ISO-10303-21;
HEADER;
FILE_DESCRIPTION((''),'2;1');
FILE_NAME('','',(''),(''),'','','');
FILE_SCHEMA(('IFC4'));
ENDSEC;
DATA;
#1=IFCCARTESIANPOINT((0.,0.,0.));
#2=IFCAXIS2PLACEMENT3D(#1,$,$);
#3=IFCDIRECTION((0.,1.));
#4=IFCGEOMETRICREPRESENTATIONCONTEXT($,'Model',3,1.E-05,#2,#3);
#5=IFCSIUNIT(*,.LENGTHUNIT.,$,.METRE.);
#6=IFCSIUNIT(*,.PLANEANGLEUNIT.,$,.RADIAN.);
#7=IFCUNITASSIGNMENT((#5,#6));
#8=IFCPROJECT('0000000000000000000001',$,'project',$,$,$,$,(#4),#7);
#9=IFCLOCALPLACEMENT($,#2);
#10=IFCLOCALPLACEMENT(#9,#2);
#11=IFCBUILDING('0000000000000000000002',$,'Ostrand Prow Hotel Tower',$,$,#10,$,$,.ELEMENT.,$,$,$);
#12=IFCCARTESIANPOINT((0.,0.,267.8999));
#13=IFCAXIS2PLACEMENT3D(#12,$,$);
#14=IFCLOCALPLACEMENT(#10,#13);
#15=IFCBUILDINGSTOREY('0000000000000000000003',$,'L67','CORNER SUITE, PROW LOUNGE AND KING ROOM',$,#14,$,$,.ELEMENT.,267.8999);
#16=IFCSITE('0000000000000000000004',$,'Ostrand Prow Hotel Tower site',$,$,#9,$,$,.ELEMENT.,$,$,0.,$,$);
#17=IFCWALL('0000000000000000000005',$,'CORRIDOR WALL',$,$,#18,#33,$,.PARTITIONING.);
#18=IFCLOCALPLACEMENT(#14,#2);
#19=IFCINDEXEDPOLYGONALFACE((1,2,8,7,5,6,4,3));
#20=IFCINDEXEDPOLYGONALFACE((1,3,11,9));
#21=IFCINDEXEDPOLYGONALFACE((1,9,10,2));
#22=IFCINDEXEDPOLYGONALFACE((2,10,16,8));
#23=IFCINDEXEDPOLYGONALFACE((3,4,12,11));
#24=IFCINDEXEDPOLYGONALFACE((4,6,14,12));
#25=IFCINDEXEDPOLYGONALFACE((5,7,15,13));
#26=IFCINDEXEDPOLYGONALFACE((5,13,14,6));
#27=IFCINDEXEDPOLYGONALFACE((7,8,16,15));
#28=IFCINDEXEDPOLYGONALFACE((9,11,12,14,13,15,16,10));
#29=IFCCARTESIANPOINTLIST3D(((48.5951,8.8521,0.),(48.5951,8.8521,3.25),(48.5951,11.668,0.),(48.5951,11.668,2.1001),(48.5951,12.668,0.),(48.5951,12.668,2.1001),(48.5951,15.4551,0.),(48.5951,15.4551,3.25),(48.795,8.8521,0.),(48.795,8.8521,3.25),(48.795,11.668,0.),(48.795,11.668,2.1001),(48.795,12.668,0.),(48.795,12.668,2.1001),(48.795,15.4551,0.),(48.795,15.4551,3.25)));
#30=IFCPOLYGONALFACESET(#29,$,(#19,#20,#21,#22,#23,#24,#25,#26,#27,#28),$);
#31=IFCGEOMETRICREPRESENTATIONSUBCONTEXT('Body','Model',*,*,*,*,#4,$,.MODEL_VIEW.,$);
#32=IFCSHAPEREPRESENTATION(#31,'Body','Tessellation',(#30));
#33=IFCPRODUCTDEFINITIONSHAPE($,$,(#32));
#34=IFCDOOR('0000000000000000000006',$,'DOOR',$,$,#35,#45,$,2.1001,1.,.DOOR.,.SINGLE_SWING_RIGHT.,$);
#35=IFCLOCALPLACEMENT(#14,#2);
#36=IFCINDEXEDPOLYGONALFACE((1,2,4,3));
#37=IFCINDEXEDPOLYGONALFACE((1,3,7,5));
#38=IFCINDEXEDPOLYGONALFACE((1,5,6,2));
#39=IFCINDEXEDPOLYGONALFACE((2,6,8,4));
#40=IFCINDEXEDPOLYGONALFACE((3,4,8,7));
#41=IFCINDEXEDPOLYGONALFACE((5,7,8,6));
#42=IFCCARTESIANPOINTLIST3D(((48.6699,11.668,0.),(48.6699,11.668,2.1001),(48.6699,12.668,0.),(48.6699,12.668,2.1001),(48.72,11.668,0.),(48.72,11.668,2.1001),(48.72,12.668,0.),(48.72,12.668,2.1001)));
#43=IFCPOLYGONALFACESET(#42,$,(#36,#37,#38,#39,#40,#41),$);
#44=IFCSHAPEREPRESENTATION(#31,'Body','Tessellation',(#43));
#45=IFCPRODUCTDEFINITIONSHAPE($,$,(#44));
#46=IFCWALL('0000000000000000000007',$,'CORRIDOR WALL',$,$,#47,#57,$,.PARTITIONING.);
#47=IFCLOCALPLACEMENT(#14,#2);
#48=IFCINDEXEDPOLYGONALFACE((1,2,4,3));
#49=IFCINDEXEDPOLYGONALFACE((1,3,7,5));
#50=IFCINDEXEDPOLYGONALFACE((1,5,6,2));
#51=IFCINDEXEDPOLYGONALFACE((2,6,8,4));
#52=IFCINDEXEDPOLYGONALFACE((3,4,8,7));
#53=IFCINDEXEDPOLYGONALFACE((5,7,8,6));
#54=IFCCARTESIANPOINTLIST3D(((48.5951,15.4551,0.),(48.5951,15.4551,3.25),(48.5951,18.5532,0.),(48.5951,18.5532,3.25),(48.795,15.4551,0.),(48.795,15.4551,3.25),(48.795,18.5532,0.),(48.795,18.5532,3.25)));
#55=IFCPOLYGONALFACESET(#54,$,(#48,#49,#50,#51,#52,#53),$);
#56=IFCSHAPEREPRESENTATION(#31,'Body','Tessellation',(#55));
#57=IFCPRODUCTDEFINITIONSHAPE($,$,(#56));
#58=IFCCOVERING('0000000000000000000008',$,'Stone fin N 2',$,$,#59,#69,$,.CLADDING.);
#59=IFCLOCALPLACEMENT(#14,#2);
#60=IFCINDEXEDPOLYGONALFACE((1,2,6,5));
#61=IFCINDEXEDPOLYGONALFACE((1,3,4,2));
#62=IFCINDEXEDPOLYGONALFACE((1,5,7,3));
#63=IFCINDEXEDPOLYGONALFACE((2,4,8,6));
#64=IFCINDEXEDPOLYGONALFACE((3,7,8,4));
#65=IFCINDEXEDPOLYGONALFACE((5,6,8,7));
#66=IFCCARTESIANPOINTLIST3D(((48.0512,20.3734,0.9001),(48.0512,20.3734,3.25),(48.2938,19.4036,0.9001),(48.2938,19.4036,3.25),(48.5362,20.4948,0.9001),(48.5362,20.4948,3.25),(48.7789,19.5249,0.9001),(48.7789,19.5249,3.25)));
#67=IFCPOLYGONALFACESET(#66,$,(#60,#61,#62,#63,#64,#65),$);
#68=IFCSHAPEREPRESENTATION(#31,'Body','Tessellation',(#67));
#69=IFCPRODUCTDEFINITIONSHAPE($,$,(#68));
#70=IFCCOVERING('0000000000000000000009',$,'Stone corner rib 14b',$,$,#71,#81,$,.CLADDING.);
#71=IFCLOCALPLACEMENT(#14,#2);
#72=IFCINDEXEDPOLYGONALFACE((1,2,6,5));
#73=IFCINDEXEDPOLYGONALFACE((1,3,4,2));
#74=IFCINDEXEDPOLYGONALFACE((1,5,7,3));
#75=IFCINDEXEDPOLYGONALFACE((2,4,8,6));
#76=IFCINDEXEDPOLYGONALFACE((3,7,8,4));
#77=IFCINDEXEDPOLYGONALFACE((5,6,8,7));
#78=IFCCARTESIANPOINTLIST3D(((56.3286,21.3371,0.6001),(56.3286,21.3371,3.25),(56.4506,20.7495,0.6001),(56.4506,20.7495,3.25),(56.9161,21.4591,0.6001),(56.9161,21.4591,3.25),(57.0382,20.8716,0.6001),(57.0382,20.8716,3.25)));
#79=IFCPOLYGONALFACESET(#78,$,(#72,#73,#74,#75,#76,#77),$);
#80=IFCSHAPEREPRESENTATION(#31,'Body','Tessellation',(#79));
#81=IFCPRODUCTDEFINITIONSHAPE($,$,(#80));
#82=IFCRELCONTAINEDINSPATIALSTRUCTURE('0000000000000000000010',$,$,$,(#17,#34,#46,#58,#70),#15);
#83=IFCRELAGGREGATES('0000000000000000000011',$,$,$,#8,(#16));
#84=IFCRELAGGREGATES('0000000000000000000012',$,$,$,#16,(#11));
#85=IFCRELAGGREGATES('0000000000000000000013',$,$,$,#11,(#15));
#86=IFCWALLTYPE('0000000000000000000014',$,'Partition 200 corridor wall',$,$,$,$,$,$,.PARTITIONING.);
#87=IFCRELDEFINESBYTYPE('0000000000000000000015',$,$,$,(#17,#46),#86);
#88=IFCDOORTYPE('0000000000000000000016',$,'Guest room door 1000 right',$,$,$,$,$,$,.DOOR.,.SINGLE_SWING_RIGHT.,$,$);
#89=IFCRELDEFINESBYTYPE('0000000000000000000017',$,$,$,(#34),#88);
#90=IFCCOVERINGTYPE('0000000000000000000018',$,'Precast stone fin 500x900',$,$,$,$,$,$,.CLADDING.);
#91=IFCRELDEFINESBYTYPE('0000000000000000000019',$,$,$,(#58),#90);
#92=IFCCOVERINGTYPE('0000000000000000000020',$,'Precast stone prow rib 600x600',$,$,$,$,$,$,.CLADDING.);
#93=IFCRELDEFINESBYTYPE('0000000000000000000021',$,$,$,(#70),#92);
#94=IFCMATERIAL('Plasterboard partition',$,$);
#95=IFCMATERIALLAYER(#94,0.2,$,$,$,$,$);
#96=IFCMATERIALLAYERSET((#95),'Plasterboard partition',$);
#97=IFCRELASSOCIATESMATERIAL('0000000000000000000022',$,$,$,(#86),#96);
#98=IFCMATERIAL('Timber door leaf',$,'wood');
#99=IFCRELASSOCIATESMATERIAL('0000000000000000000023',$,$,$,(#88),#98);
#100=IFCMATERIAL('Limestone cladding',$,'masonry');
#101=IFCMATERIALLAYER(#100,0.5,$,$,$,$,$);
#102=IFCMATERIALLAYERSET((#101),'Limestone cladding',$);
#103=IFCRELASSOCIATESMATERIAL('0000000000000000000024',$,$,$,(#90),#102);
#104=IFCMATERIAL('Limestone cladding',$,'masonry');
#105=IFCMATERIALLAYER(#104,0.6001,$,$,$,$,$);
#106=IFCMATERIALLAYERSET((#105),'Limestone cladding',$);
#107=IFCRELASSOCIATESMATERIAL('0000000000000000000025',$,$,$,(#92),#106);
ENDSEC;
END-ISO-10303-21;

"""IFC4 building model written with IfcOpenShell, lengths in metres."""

from ifc_helpers import new_model, si_unit, direction, frame, frame_2d, origin, place, context, subcontext, project, spatial, rectangle, extrude, material, layer, layer_set, type_object, element, fill, save


model = new_model("IFC4")

# Units and contexts
model_context = context("Model", 3, precision=1e-05, world=origin(), true_north=direction((0.0, 1.0)))
body_context = subcontext(model_context, "Body", "Model", "MODEL_VIEW")
ifc_project = project(units=[si_unit("LENGTHUNIT", "METRE"), si_unit("PLANEANGLEUNIT", "RADIAN")], contexts=[model_context])

# Site, building, storey
site_placement = place(None, origin())
site = spatial("IfcSite", under=ifc_project, at=site_placement, Name="Ostrand Prow Hotel Tower site", CompositionType="ELEMENT", RefElevation=0.0)
building_placement = place(site_placement, origin())
building = spatial("IfcBuilding", under=site, at=building_placement, Name="Ostrand Prow Hotel Tower", CompositionType="ELEMENT")
storey_placement = place(building_placement, frame((0.0, 0.0, 267.8999)))
storey = spatial("IfcBuildingStorey", under=building, at=storey_placement, Name="L67", Description="CORNER SUITE, PROW LOUNGE AND KING ROOM", CompositionType="ELEMENT", Elevation=267.8999)

# Wall, opening, door
ifc_material_1 = material(Name="Plasterboard partition")
ifc_layer_1 = layer(ifc_material_1, 0.2)
ifc_layer_set_1 = layer_set([ifc_layer_1], Name="Plasterboard partition")
wall_type_1 = type_object("IfcWallType", Name="Partition 200 corridor wall", PredefinedType="PARTITIONING", material=ifc_layer_set_1)
wall_1_placement = place(storey_placement, frame((48.6951, 15.4551, 0.0), z_axis=(0.0, 0.0, 1.0), x_axis=(0.0, -1.0, 0.0)))
wall_1 = element("IfcWall", 1, at=wall_1_placement, inside=storey, type_object=wall_type_1, Name="CORRIDOR WALL", PredefinedType="PARTITIONING", context=body_context, shape_type="SweptSolid", body=[
    extrude(rectangle(XDim=6.603, YDim=0.2, at=frame_2d((3.3015, 0.0))), origin(), (0.0, 0.0, 1.0), 3.25),
])
opening_placement = place(wall_1_placement, frame((2.7871, 0.0, 0.0)))
opening = element("IfcOpeningElement", 2, at=opening_placement, cuts=wall_1, PredefinedType="OPENING", context=body_context, shape_type="SweptSolid", body=[
    extrude(rectangle(XDim=1.0, YDim=2.1001, at=frame_2d((0.5, 1.05))), frame((0.0, 0.1099, 0.0), z_axis=(0.0, -1.0, 0.0), x_axis=(1.0, 0.0, 0.0)), (0.0, 0.0, 1.0), 0.22),
])
ifc_material_2 = material(Name="Timber door leaf", Category="wood")
door_type = type_object("IfcDoorType", Name="Guest room door 1000 right", OperationType="SINGLE_SWING_RIGHT", PredefinedType="DOOR", material=ifc_material_2)
door_placement = place(opening_placement, origin())
door = element("IfcDoor", 3, at=door_placement, inside=storey, type_object=door_type, Name="DOOR", OperationType="SINGLE_SWING_RIGHT", OverallHeight=2.1001, OverallWidth=1.0, PredefinedType="DOOR", context=body_context, shape_type="SweptSolid", body=[
    extrude(rectangle(XDim=1.0, YDim=2.1001, at=frame_2d((0.5, 1.05))), frame((0.0, 0.0249, 0.0), z_axis=(0.0, -1.0, 0.0), x_axis=(1.0, 0.0, 0.0)), (0.0, 0.0, 1.0), 0.05),
])
fill(opening, door)

# Wall
wall_2_placement = place(storey_placement, frame((48.6951, 18.5532, 0.0), z_axis=(0.0, 0.0, 1.0), x_axis=(0.0, -1.0, 0.0)))
element("IfcWall", 4, at=wall_2_placement, inside=storey, type_object=wall_type_1, Name="CORRIDOR WALL", PredefinedType="PARTITIONING", context=body_context, shape_type="SweptSolid", body=[
    extrude(rectangle(XDim=3.0981, YDim=0.2, at=frame_2d((1.5491, 0.0))), origin(), (0.0, 0.0, 1.0), 3.25),
])

# Coverings
ifc_material_3 = material(Name="Limestone cladding", Category="masonry")
ifc_layer_2 = layer(ifc_material_3, 0.5)
ifc_layer_set_2 = layer_set([ifc_layer_2], Name="Limestone cladding")
covering_type_1 = type_object("IfcCoveringType", Name="Precast stone fin 500x900", PredefinedType="CLADDING", material=ifc_layer_set_2)
covering_1_placement = place(storey_placement, frame((48.5364, 19.4641, 0.9001), z_axis=(0.0, 0.0, 1.0), x_axis=(-0.242708, 0.970099, 0.0)))
element("IfcCovering", 5, at=covering_1_placement, inside=storey, type_object=covering_type_1, Name="Stone fin N 2", PredefinedType="CLADDING", context=body_context, shape_type="SweptSolid", body=[
    extrude(rectangle(XDim=0.9998, YDim=0.5, at=frame_2d((0.5, 0.0))), origin(), (0.0, 0.0, 1.0), 2.3499),
])
ifc_material_4 = material(Name="Limestone cladding", Category="masonry")
ifc_layer_3 = layer(ifc_material_4, 0.6001)
ifc_layer_set_3 = layer_set([ifc_layer_3], Name="Limestone cladding")
covering_type_2 = type_object("IfcCoveringType", Name="Precast stone prow rib 600x600", PredefinedType="CLADDING", material=ifc_layer_set_3)
covering_2_placement = place(storey_placement, frame((56.7444, 20.8105, 0.6001), z_axis=(0.0, 0.0, 1.0), x_axis=(-0.203386, 0.979099, 0.0)))
element("IfcCovering", 6, at=covering_2_placement, inside=storey, type_object=covering_type_2, Name="Stone corner rib 14b", PredefinedType="CLADDING", context=body_context, shape_type="SweptSolid", body=[
    extrude(rectangle(XDim=0.6001, YDim=0.6001, at=frame_2d((0.3, 0.0))), origin(), (0.0, 0.0, 1.0), 2.6499),
])

save(model, "model.ifc")
